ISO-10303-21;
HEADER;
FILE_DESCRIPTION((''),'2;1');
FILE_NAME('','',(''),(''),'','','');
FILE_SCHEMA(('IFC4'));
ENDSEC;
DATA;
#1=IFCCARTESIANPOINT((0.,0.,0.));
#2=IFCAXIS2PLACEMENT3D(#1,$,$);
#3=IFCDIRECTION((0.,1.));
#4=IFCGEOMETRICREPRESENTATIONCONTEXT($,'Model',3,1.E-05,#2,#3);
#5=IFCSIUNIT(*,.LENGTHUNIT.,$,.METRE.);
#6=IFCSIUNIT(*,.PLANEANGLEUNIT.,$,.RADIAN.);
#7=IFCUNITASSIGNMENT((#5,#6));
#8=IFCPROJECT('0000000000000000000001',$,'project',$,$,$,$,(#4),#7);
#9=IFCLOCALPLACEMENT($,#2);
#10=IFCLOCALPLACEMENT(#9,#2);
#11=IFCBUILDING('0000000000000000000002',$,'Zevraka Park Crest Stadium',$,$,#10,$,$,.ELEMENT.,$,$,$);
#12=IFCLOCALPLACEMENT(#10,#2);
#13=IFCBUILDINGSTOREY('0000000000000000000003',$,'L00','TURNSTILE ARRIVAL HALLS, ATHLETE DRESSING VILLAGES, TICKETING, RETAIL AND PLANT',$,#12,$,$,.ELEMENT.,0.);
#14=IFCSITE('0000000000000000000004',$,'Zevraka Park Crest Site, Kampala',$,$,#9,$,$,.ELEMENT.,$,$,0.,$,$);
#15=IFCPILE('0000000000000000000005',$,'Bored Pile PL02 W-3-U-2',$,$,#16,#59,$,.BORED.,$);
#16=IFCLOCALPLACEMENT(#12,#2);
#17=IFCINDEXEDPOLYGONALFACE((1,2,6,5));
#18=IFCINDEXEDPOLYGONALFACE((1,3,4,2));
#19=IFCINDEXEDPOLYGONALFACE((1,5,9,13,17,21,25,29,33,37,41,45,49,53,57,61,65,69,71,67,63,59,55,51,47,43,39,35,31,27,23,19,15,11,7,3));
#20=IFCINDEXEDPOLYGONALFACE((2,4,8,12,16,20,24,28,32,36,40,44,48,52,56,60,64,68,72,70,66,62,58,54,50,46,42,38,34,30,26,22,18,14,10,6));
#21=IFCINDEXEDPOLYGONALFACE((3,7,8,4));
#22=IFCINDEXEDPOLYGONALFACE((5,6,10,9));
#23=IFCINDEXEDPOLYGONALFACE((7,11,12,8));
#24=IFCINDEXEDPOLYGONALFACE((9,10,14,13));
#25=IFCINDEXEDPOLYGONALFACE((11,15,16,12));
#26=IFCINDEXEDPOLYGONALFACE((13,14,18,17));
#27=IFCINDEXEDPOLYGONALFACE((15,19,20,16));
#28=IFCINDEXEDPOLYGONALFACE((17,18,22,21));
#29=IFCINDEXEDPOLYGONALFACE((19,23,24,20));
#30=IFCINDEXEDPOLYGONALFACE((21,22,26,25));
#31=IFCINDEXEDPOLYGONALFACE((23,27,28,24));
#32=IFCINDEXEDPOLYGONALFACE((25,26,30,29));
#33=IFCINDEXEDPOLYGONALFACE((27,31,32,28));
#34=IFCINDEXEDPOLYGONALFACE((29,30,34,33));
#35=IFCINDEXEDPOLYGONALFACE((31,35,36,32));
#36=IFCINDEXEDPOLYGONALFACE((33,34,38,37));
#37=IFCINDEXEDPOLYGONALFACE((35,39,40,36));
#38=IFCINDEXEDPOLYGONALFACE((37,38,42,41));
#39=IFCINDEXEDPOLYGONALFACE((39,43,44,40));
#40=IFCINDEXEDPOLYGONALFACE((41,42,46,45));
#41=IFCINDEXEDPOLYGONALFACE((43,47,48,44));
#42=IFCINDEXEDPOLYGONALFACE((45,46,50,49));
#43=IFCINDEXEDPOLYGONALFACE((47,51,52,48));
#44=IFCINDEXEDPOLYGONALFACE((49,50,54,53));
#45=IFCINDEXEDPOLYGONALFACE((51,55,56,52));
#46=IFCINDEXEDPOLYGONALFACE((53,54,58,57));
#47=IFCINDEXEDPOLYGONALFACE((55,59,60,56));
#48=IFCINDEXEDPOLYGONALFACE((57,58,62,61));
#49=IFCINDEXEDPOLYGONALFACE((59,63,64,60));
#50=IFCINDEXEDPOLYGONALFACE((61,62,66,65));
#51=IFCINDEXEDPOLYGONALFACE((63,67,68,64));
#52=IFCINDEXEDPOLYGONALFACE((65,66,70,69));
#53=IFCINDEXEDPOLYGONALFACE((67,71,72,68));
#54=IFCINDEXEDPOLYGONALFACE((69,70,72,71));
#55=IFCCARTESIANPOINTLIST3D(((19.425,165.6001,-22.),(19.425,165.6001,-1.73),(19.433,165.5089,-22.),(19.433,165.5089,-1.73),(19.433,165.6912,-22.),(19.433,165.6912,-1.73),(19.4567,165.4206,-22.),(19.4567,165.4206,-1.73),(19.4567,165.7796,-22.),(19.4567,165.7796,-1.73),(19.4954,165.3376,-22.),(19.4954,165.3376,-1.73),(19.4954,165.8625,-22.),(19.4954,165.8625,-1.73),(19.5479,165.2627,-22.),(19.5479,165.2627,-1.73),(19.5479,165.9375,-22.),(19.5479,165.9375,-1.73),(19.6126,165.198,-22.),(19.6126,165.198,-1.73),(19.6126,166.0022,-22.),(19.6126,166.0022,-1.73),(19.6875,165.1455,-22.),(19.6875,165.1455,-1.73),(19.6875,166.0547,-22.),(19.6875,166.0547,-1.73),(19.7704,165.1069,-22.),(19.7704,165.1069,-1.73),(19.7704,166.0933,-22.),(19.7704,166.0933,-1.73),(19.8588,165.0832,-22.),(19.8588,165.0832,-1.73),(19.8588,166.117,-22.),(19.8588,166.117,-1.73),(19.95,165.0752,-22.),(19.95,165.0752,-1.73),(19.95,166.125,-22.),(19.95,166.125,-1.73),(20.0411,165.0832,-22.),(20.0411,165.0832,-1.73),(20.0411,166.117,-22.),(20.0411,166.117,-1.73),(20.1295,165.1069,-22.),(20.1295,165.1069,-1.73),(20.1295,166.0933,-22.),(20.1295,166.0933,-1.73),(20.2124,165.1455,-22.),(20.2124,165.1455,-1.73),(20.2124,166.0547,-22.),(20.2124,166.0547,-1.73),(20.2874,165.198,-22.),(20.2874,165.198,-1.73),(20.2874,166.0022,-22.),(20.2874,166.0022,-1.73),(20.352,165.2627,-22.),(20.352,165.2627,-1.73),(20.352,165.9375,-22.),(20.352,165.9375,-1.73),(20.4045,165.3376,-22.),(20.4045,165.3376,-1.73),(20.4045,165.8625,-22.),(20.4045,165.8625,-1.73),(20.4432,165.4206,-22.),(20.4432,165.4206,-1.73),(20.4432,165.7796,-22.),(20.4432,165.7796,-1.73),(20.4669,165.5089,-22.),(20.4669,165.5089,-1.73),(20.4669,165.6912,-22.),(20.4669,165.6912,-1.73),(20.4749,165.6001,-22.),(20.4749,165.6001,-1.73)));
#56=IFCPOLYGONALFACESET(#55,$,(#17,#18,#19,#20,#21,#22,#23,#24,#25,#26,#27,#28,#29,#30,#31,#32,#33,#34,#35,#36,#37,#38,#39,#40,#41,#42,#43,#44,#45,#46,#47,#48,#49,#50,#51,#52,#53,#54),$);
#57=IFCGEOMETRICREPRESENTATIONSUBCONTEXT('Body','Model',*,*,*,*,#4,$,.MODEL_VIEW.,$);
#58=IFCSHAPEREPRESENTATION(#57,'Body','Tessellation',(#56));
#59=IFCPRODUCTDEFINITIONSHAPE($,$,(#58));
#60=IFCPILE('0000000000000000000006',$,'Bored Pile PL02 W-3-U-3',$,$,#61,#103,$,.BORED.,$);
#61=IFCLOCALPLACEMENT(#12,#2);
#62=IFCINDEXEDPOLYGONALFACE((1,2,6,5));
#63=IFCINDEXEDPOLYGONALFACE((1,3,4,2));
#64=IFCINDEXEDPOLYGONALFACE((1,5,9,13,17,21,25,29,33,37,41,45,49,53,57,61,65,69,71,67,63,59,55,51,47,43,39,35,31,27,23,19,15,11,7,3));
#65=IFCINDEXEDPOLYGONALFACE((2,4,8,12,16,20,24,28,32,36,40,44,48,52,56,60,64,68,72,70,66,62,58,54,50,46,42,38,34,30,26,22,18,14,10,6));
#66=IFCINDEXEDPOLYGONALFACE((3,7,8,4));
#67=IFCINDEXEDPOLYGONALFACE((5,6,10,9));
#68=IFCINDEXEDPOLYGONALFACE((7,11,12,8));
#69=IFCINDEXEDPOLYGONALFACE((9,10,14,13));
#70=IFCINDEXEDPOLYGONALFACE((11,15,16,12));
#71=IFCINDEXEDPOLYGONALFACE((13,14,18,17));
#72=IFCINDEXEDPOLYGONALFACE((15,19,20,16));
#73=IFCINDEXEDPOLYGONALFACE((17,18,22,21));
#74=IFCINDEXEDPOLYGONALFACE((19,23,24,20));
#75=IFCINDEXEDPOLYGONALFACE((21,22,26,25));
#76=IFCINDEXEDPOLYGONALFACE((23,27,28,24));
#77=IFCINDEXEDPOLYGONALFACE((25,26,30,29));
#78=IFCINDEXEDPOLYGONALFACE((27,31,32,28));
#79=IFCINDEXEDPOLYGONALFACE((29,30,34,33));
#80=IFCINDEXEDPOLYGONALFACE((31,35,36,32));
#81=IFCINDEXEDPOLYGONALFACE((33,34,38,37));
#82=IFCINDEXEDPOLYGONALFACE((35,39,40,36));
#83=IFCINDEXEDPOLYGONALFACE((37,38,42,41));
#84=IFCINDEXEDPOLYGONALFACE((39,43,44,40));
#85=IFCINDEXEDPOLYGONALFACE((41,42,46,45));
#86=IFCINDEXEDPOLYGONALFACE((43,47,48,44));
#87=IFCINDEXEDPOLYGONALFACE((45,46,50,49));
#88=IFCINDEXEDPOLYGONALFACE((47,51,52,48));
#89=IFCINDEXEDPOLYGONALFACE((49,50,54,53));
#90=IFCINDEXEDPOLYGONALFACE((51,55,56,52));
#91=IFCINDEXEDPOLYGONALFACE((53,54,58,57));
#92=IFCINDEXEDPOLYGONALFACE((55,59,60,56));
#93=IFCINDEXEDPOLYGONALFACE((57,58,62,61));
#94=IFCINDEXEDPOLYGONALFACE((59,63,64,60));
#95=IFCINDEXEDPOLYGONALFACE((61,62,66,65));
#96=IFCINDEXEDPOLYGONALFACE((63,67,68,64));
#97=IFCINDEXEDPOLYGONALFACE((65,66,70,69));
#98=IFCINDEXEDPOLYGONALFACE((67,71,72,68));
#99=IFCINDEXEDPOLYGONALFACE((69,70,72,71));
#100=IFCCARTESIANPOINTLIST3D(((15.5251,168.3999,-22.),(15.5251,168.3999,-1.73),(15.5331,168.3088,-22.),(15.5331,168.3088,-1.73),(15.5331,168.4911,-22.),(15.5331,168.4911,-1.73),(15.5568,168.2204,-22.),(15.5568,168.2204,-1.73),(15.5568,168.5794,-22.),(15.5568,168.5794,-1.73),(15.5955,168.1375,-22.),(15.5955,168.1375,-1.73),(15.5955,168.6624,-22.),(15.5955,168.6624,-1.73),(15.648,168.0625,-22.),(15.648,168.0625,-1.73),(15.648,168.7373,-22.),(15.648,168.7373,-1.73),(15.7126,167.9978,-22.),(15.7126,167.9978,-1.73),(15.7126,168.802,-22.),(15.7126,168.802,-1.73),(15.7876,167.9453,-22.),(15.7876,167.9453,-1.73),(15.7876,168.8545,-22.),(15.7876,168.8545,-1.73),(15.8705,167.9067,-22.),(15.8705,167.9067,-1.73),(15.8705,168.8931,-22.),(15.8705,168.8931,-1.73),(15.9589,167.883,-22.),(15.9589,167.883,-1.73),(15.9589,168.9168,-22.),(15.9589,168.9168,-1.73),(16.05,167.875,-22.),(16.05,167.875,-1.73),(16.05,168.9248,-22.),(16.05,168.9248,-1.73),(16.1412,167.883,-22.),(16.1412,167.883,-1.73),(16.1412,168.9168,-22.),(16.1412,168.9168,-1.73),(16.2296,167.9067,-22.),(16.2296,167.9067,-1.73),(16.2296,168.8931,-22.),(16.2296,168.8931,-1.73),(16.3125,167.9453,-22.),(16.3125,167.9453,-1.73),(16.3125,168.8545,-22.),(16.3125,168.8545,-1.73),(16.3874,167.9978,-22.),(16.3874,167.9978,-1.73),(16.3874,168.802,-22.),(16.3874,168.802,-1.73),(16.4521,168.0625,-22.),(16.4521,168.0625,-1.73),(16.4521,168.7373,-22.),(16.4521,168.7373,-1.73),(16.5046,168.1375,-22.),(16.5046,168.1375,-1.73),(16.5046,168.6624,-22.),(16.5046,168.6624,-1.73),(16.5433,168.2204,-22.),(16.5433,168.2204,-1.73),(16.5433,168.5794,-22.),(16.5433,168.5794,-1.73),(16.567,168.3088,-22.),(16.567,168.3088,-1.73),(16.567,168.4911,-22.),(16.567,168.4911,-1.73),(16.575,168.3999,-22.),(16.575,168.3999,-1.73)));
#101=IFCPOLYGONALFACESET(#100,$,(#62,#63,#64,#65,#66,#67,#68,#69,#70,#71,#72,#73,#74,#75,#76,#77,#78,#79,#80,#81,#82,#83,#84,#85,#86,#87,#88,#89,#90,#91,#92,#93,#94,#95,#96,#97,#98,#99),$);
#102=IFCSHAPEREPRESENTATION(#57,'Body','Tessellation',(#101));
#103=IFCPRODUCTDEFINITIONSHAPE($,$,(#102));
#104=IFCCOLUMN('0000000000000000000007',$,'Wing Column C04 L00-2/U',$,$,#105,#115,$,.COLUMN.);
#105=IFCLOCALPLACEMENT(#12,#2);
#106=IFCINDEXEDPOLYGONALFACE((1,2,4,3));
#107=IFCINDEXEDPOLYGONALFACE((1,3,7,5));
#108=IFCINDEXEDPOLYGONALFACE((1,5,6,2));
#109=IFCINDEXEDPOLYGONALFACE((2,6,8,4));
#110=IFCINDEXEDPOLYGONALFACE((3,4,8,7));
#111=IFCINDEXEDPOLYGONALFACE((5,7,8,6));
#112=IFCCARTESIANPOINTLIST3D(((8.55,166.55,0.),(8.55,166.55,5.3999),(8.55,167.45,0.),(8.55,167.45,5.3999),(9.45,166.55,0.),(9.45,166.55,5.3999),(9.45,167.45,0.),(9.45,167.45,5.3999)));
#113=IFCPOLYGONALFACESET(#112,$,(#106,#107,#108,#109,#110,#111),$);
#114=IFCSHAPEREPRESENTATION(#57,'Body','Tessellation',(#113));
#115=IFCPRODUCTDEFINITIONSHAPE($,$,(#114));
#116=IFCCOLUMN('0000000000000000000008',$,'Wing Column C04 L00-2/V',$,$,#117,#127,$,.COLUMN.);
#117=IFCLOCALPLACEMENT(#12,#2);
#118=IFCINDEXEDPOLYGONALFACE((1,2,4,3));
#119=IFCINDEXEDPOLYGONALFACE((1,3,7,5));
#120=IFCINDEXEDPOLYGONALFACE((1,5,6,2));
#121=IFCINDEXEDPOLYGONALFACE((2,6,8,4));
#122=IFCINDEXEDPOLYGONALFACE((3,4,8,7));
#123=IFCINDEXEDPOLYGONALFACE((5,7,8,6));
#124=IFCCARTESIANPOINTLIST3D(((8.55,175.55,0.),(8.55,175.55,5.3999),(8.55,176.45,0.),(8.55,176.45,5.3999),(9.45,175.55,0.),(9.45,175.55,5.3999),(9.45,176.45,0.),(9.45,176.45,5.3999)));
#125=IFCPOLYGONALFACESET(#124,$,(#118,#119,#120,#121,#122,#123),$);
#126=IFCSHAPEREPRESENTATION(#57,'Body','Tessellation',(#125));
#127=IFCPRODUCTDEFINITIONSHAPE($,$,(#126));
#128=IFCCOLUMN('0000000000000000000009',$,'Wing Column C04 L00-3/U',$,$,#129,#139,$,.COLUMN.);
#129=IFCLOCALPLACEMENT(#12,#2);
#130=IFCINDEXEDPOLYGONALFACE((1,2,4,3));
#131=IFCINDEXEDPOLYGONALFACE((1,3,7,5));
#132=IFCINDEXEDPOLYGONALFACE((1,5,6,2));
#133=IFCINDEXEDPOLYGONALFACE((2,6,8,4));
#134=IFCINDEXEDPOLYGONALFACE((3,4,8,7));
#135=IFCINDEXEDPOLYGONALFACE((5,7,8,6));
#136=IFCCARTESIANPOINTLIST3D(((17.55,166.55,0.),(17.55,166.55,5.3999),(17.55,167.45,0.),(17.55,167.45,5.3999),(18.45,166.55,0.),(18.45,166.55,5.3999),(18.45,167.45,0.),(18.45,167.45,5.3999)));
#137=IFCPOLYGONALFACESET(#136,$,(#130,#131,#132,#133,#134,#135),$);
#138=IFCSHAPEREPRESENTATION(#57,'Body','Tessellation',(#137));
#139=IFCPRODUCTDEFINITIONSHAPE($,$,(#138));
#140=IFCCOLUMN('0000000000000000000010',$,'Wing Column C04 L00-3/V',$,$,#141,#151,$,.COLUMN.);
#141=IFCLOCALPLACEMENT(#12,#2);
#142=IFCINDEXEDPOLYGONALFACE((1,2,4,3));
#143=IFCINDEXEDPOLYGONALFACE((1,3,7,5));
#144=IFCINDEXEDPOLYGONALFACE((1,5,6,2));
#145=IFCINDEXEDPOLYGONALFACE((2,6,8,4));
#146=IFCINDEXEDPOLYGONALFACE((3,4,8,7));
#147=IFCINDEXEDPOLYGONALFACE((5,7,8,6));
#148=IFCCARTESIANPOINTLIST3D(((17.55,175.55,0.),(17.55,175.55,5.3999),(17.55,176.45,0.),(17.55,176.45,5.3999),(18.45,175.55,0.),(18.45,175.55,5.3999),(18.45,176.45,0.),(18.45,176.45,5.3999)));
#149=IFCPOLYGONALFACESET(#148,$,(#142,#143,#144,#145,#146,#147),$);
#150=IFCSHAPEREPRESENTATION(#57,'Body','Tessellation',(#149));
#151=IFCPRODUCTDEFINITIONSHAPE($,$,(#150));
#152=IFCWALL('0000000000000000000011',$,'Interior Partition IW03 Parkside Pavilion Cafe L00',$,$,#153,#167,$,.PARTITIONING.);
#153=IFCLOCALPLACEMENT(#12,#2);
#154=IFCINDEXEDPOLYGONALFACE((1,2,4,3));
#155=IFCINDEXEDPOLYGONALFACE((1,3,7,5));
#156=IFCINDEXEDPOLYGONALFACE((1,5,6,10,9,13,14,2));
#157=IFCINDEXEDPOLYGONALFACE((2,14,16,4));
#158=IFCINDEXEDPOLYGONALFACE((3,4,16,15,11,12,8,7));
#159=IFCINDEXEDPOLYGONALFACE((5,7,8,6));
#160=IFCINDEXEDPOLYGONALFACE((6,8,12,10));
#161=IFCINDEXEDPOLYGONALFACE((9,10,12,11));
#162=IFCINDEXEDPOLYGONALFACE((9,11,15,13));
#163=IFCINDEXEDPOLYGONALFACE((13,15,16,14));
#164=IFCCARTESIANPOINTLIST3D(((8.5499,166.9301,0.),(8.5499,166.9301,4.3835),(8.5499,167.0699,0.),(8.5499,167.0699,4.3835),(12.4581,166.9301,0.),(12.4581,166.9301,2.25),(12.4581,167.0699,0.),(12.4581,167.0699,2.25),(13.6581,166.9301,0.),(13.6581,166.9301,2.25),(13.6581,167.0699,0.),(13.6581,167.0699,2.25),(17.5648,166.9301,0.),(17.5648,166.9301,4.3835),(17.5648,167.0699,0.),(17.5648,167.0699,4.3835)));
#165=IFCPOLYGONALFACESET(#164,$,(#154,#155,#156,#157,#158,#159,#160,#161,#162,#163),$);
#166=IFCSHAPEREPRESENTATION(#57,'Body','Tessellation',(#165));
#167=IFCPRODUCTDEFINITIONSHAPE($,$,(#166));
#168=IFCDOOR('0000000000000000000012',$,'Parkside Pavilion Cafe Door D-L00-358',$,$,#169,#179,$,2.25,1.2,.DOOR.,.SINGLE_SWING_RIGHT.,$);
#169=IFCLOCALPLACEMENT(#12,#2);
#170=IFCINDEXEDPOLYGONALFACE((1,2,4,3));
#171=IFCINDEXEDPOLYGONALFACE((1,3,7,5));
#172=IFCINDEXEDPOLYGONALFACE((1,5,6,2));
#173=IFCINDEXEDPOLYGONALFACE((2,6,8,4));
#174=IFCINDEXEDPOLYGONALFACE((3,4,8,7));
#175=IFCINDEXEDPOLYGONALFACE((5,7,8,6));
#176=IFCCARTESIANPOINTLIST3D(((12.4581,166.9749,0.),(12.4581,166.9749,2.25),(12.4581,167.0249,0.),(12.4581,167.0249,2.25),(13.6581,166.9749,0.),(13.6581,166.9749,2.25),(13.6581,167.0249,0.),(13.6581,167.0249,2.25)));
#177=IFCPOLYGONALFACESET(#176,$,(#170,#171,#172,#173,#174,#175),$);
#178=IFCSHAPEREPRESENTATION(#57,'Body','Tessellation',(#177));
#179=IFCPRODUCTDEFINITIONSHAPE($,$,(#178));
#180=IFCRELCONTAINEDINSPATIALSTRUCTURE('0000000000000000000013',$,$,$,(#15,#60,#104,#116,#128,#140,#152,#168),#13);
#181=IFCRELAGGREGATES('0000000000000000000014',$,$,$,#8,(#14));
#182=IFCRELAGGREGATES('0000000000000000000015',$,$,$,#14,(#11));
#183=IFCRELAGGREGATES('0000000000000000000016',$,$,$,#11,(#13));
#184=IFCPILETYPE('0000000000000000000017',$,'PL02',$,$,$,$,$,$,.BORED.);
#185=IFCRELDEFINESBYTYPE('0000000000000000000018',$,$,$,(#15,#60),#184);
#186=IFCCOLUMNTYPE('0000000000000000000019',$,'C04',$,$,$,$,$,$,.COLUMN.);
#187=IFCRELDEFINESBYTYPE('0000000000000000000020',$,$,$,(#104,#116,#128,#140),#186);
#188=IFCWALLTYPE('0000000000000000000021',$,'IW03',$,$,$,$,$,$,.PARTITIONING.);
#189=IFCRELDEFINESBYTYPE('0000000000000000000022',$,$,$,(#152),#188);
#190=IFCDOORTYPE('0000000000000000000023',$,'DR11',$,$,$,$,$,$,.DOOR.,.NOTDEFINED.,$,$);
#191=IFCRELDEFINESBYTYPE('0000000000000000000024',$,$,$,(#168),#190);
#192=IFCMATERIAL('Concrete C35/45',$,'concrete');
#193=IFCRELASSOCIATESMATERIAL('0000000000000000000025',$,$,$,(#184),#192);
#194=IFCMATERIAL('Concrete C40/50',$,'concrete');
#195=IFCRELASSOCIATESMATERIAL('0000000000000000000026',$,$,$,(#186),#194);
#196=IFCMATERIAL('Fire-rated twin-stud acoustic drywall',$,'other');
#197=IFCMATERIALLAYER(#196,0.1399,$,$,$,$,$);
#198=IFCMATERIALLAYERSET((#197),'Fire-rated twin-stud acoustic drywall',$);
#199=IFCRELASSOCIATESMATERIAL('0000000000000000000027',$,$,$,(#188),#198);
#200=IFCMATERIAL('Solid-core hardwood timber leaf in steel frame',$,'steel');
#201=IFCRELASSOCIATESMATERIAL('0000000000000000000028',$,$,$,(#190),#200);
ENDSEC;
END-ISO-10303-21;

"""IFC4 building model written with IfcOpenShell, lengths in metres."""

from ifc_helpers import new_model, si_unit, direction, frame, frame_2d, origin, origin_2d, place, context, subcontext, project, spatial, rectangle, circle, extrude, material, layer, layer_set, material_profile, profile_set, type_object, element, fill, save


model = new_model("IFC4")

# Units and contexts
model_context = context("Model", 3, precision=1e-05, world=origin(), true_north=direction((0.0, 1.0)))
body_context = subcontext(model_context, "Body", "Model", "MODEL_VIEW")
ifc_project = project(units=[si_unit("LENGTHUNIT", "METRE"), si_unit("PLANEANGLEUNIT", "RADIAN")], contexts=[model_context])

# Site, building, storey
site_placement = place(None, origin())
site = spatial("IfcSite", under=ifc_project, at=site_placement, Name="Zevraka Park Crest Site, Kampala", CompositionType="ELEMENT", RefElevation=0.0)
building_placement = place(site_placement, origin())
building = spatial("IfcBuilding", under=site, at=building_placement, Name="Zevraka Park Crest Stadium", CompositionType="ELEMENT")
storey_placement = place(building_placement, origin())
storey = spatial("IfcBuildingStorey", under=building, at=storey_placement, Name="L00", Description="TURNSTILE ARRIVAL HALLS, ATHLETE DRESSING VILLAGES, TICKETING, RETAIL AND PLANT", CompositionType="ELEMENT", Elevation=0.0)

# Piles
ifc_material_1 = material(Name="Concrete C35/45", Category="concrete")
ifc_material_profile_1 = material_profile(ifc_material_1, circle(Radius=0.5249, at=origin_2d()), Name="PILE D1050")
ifc_profile_set_1 = profile_set([ifc_material_profile_1], Name="Concrete C35/45")
pile_type_1 = type_object("IfcPileType", Name="PL02", PredefinedType="BORED", material=ifc_profile_set_1)
for number, where, z_axis, x_axis, name in (
    (1, (19.95, 165.6001, -1.73), (0.0, 0.0, -1.0), (1.0, 0.0, 0.0), "Bored Pile PL02 W-3-U-2"),
    (2, (16.05, 168.3999, -1.73), (0.0, 0.0, -1.0), (1.0, 0.0, 0.0), "Bored Pile PL02 W-3-U-3"),
):
    element("IfcPile", number, at=place(storey_placement, frame(where, z_axis=z_axis, x_axis=x_axis)), inside=storey, type_object=pile_type_1, Name=name, PredefinedType="BORED", context=body_context, shape_type="SweptSolid", body=[
        extrude(circle(Radius=0.5249, at=origin_2d()), origin(), (0.0, 0.0, 1.0), 20.27),
    ])

# Columns
ifc_material_2 = material(Name="Concrete C40/50", Category="concrete")
ifc_material_profile_2 = material_profile(ifc_material_2, rectangle(XDim=0.8999, YDim=0.8999, at=origin_2d()), Name="RC 900x900")
ifc_profile_set_2 = profile_set([ifc_material_profile_2], Name="Concrete C40/50")
column_type = type_object("IfcColumnType", Name="C04", PredefinedType="COLUMN", material=ifc_profile_set_2)
for number, where, z_axis, x_axis, name in (
    (3, (9.0, 167.0, 0.0), (0.0, 0.0, 1.0), (1.0, 0.0, 0.0), "Wing Column C04 L00-2/U"),
    (4, (9.0, 176.0, 0.0), (0.0, 0.0, 1.0), (1.0, 0.0, 0.0), "Wing Column C04 L00-2/V"),
    (5, (18.0, 167.0, 0.0), (0.0, 0.0, 1.0), (1.0, 0.0, 0.0), "Wing Column C04 L00-3/U"),
    (6, (18.0, 176.0, 0.0), (0.0, 0.0, 1.0), (1.0, 0.0, 0.0), "Wing Column C04 L00-3/V"),
):
    element("IfcColumn", number, at=place(storey_placement, frame(where, z_axis=z_axis, x_axis=x_axis)), inside=storey, type_object=column_type, Name=name, PredefinedType="COLUMN", context=body_context, shape_type="SweptSolid", body=[
        extrude(rectangle(XDim=0.8999, YDim=0.8999, at=origin_2d()), origin(), (0.0, 0.0, 1.0), 5.3999),
    ])

# Wall, opening, door
ifc_material_3 = material(Name="Fire-rated twin-stud acoustic drywall", Category="other")
ifc_layer = layer(ifc_material_3, 0.1399)
ifc_layer_set = layer_set([ifc_layer], Name="Fire-rated twin-stud acoustic drywall")
wall_type = type_object("IfcWallType", Name="IW03", PredefinedType="PARTITIONING", material=ifc_layer_set)
wall_1_placement = place(storey_placement, frame((8.55, 167.0, 0.0), z_axis=(0.0, 0.0, 1.0), x_axis=(1.0, 0.0, 0.0)))
wall_1 = element("IfcWall", 7, at=wall_1_placement, inside=storey, type_object=wall_type, Name="Interior Partition IW03 Parkside Pavilion Cafe L00", PredefinedType="PARTITIONING", context=body_context, shape_type="SweptSolid", body=[
    extrude(rectangle(XDim=9.0149, YDim=0.1399, at=frame_2d((4.5073, 0.0))), origin(), (0.0, 0.0, 1.0), 4.3835),
])
opening_1_placement = place(wall_1_placement, frame((3.908, 0.0, 0.0)))
opening_1 = element("IfcOpeningElement", 8, at=opening_1_placement, cuts=wall_1, PredefinedType="OPENING", context=body_context, shape_type="SweptSolid", body=[
    extrude(rectangle(XDim=1.2, YDim=2.25, at=frame_2d((0.6001, 1.125))), frame((0.0, 0.0798, 0.0), z_axis=(0.0, -1.0, 0.0), x_axis=(1.0, 0.0, 0.0)), (0.0, 0.0, 1.0), 0.1599),
])
ifc_material_4 = material(Name="Solid-core hardwood timber leaf in steel frame", Category="steel")
door_type_1 = type_object("IfcDoorType", Name="DR11", OperationType="NOTDEFINED", PredefinedType="DOOR", material=ifc_material_4)
door_1_placement = place(opening_1_placement, origin())
door_1 = element("IfcDoor", 9, at=door_1_placement, inside=storey, type_object=door_type_1, Name="Parkside Pavilion Cafe Door D-L00-358", OperationType="SINGLE_SWING_RIGHT", OverallHeight=2.25, OverallWidth=1.2, PredefinedType="DOOR", context=body_context, shape_type="SweptSolid", body=[
    extrude(rectangle(XDim=1.2, YDim=2.25, at=frame_2d((0.6001, 1.125))), frame((0.0, 0.0249, 0.0), z_axis=(0.0, -1.0, 0.0), x_axis=(1.0, 0.0, 0.0)), (0.0, 0.0, 1.0), 0.05),
])
fill(opening_1, door_1)

save(model, "model.ifc")
